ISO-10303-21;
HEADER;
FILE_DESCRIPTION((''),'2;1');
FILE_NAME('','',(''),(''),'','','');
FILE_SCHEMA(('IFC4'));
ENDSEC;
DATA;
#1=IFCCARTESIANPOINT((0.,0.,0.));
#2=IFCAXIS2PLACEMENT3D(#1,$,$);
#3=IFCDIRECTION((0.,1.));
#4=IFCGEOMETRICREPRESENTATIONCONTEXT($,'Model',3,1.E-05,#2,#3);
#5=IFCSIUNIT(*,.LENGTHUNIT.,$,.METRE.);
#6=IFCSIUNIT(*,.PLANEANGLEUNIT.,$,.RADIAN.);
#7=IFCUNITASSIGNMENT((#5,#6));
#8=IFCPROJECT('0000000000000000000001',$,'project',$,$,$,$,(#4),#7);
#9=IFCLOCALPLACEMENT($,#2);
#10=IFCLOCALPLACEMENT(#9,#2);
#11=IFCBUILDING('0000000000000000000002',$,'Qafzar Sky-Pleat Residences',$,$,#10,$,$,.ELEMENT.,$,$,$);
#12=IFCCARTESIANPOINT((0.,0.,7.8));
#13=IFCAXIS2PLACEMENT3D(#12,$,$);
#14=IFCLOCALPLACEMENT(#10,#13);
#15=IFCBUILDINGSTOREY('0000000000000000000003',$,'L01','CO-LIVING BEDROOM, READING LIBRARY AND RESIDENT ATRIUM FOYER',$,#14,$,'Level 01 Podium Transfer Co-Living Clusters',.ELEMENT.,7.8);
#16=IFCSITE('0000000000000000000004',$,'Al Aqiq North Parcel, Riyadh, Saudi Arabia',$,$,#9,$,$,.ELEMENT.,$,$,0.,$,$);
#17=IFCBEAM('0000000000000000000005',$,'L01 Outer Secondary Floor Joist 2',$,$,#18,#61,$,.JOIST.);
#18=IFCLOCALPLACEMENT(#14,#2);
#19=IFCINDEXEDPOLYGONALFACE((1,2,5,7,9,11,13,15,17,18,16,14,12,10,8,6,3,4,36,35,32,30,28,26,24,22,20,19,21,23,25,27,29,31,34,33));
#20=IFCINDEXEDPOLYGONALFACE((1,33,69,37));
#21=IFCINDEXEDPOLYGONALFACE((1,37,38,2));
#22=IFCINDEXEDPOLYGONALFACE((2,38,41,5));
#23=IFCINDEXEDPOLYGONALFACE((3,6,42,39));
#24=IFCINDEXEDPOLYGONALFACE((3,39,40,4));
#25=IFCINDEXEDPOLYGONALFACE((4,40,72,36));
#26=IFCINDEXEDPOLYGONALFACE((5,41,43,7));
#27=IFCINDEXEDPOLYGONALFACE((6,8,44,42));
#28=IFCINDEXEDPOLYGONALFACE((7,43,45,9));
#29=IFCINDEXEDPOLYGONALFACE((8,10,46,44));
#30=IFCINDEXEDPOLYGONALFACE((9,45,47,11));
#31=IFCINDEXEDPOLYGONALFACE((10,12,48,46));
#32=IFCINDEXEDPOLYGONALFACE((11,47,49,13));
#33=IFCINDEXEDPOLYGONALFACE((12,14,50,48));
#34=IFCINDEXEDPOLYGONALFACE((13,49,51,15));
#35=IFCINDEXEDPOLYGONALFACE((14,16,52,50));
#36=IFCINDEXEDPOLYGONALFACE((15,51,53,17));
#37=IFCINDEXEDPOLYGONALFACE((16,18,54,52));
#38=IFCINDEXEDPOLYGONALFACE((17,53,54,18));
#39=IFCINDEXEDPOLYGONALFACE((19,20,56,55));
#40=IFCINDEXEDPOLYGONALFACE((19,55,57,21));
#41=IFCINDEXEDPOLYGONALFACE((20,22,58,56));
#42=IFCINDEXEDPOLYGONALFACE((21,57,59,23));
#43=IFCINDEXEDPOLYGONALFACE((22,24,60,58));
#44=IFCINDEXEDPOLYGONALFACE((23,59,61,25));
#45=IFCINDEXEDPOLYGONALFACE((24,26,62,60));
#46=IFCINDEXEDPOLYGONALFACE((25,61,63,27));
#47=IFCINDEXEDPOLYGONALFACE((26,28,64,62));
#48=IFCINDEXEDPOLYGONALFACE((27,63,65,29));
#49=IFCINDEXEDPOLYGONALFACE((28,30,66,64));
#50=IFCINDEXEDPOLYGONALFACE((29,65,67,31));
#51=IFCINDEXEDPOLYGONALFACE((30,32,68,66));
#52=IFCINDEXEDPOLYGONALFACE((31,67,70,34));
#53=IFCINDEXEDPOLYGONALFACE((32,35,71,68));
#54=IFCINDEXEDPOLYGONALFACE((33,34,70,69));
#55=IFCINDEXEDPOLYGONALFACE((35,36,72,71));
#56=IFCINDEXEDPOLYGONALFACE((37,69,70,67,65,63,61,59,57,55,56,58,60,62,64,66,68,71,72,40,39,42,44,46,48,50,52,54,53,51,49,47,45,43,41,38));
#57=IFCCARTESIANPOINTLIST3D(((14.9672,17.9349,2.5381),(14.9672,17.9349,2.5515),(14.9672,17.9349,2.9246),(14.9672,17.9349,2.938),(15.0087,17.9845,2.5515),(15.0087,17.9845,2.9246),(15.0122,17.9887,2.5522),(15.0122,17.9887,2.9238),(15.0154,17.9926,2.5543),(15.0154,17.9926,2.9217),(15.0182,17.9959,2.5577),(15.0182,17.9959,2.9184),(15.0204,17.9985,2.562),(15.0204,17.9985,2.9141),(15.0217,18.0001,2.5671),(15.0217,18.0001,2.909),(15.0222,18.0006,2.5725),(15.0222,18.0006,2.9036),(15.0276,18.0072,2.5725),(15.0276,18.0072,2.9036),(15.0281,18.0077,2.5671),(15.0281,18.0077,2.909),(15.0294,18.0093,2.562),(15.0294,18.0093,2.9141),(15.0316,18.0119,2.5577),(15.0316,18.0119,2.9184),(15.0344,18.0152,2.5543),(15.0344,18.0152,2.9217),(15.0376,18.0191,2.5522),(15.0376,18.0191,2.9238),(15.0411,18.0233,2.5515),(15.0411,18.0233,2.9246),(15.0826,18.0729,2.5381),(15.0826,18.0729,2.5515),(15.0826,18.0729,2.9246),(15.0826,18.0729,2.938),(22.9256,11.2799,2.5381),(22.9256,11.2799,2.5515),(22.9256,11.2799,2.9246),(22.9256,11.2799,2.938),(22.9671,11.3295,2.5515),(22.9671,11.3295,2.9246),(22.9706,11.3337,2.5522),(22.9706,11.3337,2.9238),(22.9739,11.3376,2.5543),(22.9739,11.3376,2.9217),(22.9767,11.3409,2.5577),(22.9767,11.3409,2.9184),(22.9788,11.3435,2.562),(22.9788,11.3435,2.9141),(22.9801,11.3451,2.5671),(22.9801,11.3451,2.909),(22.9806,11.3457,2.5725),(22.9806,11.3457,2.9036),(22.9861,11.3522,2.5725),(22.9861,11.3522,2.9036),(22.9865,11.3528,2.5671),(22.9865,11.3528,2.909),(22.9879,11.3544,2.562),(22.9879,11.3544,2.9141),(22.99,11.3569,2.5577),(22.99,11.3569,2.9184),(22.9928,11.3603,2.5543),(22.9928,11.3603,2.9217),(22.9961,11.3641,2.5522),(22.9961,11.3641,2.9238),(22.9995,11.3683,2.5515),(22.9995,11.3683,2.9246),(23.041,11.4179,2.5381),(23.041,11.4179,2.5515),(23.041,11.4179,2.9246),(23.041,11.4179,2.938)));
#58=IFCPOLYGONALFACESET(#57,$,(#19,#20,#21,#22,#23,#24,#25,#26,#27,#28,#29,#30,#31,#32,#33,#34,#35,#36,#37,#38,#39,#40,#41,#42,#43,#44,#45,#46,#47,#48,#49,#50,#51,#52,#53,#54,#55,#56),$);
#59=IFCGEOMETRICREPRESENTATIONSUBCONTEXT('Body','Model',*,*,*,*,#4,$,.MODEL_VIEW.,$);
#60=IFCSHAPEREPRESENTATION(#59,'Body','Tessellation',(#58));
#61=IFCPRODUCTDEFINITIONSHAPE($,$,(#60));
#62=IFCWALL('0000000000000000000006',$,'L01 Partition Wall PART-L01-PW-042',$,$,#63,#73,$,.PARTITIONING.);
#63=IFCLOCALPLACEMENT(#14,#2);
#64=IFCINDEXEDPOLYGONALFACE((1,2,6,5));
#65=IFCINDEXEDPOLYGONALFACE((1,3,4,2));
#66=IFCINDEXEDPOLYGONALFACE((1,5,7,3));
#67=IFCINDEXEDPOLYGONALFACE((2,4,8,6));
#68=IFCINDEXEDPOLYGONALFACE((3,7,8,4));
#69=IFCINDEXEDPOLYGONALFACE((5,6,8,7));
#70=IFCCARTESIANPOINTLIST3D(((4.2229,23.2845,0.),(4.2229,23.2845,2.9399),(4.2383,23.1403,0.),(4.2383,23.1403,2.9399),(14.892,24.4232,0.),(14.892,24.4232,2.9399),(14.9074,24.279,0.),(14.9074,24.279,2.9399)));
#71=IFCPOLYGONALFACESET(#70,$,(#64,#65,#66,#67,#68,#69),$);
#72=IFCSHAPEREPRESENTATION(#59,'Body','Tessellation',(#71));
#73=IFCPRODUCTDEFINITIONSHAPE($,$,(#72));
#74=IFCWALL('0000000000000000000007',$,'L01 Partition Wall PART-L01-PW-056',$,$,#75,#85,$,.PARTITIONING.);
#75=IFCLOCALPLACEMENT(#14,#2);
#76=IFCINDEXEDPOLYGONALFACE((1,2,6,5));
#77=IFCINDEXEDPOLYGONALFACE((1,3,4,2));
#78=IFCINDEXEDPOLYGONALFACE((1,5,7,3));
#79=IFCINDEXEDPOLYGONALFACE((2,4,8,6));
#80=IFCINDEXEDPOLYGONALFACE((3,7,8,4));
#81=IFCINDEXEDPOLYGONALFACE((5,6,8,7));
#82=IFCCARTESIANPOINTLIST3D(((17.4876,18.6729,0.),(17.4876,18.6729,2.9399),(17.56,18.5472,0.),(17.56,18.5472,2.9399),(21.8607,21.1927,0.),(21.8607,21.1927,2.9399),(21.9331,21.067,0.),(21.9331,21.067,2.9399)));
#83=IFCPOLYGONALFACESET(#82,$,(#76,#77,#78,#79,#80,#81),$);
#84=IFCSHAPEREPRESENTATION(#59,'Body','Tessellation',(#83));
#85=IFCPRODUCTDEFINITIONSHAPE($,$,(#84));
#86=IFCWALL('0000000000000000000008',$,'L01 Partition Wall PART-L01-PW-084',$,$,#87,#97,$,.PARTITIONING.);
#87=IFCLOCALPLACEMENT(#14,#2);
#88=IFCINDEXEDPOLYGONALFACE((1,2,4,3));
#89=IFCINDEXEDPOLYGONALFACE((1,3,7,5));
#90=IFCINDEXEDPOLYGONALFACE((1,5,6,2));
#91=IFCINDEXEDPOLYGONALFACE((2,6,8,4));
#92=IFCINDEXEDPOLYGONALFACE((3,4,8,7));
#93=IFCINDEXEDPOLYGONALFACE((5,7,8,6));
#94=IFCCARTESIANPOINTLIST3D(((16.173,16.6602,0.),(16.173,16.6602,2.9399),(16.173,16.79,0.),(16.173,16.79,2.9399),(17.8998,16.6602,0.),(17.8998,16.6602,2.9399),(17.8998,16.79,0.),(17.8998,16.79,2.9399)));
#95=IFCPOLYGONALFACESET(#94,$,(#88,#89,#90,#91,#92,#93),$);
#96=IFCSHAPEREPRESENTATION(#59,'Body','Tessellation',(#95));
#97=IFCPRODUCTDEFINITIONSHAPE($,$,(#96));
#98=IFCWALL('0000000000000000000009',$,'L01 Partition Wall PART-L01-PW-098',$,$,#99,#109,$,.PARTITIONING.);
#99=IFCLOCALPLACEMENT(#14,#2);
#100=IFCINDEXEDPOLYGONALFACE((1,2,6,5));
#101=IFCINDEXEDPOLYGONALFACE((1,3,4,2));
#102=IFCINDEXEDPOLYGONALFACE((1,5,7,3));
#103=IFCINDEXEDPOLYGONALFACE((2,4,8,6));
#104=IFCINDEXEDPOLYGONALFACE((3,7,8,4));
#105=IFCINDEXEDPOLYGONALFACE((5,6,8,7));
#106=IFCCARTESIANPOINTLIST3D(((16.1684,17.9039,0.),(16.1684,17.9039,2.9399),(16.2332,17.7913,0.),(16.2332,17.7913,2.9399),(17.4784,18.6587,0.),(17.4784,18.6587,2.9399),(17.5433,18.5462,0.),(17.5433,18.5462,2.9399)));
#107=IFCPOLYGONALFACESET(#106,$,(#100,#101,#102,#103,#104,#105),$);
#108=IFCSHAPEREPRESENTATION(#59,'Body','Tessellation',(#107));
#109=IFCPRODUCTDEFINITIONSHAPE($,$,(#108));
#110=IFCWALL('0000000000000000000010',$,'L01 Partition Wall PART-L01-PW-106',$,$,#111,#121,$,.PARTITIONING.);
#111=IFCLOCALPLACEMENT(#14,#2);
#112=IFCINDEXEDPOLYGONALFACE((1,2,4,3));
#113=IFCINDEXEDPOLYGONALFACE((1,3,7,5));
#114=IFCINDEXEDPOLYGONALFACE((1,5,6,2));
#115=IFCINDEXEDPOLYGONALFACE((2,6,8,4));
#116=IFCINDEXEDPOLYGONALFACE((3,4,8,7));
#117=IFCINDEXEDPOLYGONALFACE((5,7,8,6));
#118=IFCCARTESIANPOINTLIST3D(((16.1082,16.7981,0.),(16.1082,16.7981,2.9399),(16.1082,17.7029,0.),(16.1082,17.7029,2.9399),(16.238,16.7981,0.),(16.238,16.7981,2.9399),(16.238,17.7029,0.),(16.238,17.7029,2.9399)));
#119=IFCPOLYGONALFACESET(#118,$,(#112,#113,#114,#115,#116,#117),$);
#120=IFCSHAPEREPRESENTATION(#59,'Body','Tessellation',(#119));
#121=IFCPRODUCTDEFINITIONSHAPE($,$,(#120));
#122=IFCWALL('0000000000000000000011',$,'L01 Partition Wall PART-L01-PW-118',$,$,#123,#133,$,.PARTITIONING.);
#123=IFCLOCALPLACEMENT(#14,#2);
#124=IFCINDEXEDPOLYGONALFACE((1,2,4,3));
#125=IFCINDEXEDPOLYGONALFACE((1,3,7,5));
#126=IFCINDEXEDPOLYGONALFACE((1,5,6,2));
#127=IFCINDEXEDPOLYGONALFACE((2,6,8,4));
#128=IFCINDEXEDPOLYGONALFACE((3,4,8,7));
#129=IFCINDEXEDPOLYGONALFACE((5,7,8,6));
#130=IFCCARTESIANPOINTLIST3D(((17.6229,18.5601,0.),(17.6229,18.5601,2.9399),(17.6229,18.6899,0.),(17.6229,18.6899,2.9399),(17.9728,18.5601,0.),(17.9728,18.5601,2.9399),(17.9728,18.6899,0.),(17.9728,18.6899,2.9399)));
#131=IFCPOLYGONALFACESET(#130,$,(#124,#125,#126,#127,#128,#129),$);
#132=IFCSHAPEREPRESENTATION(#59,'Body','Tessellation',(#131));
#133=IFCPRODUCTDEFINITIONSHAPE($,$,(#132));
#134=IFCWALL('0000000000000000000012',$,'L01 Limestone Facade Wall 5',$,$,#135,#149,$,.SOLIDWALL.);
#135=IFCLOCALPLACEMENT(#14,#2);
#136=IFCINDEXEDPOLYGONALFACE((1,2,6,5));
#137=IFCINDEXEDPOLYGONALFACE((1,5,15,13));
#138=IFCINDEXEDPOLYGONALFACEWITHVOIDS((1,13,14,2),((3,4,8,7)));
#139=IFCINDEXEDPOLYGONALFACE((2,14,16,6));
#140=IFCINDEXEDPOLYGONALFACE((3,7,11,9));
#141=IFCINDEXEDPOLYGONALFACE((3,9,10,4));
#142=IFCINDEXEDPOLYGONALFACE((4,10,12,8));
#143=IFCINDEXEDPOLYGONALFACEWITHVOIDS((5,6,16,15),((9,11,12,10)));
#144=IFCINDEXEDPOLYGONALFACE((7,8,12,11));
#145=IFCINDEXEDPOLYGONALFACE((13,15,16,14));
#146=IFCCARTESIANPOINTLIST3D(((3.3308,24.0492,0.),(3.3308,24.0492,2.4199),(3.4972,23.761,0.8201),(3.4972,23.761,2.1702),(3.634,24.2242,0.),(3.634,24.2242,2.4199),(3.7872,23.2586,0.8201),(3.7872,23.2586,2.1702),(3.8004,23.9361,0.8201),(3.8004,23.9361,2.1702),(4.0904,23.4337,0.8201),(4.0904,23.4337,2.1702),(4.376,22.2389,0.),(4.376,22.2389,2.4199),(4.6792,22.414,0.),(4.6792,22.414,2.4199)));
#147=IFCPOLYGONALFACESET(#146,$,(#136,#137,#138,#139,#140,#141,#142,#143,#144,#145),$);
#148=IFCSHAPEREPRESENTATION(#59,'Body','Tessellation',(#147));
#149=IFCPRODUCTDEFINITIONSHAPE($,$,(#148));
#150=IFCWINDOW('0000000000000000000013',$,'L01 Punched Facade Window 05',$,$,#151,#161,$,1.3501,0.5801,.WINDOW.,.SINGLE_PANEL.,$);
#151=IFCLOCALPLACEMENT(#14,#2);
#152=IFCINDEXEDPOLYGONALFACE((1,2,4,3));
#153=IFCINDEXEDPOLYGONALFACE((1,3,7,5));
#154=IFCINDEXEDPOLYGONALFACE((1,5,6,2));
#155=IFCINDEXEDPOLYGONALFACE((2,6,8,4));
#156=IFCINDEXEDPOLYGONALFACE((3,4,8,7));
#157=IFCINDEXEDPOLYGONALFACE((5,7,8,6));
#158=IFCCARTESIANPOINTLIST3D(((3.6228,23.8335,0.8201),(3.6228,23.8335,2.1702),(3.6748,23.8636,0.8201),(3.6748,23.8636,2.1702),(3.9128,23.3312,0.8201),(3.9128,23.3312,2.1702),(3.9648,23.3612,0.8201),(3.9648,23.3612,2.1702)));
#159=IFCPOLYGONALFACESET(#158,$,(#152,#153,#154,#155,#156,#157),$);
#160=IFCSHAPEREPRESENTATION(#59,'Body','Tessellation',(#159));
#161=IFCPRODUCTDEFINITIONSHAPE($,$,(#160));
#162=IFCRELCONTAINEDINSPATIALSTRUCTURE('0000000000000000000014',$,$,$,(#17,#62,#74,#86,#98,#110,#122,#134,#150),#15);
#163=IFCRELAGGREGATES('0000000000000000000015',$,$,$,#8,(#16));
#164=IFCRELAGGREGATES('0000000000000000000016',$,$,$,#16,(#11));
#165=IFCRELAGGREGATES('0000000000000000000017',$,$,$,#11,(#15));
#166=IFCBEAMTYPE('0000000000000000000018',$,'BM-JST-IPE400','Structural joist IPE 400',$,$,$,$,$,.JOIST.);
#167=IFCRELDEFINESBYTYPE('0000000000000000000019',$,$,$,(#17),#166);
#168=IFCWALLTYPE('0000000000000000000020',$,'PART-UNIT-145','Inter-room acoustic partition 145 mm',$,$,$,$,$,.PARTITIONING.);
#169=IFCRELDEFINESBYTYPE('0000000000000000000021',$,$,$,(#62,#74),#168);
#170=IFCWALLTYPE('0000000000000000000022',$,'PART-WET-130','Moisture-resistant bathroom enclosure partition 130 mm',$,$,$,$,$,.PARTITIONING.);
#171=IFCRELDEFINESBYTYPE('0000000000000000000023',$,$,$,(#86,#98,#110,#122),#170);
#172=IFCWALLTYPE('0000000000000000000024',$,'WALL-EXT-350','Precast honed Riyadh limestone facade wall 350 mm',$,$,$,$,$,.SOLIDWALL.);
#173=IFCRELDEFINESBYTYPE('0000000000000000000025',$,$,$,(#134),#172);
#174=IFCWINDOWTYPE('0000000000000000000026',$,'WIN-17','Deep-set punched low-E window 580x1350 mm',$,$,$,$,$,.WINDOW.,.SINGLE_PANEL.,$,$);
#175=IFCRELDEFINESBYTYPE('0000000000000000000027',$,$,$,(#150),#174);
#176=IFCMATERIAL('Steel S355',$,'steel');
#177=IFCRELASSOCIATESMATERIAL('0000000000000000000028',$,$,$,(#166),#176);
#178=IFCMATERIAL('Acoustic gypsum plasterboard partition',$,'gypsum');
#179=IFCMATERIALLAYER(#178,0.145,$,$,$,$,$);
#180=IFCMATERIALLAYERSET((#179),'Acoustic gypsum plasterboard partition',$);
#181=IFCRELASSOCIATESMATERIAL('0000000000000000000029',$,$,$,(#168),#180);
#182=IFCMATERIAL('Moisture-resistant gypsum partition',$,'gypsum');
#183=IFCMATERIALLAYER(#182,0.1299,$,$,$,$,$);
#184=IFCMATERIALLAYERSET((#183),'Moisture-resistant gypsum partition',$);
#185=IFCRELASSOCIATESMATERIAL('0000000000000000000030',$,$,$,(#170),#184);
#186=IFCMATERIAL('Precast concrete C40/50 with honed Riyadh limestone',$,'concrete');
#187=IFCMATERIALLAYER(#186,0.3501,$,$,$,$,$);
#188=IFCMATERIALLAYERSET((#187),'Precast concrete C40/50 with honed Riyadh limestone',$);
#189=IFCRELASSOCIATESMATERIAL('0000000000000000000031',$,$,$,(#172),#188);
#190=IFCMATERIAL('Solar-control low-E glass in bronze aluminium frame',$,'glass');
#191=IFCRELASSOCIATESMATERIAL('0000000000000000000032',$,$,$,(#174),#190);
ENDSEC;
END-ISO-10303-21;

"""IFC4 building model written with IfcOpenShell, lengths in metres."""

from ifc_helpers import new_model, si_unit, direction, frame, frame_2d, origin, origin_2d, place, context, subcontext, project, spatial, rectangle, i_section, extrude, source, transform, mapped, material, layer, layer_set, material_profile, profile_set, type_object, element, fill, save


model = new_model("IFC4")

# Units and contexts
model_context = context("Model", 3, precision=1e-05, world=origin(), true_north=direction((0.0, 1.0)))
body_context = subcontext(model_context, "Body", "Model", "MODEL_VIEW")
ifc_project = project(units=[si_unit("LENGTHUNIT", "METRE"), si_unit("PLANEANGLEUNIT", "RADIAN")], contexts=[model_context])

# Site, building, storey
site_placement = place(None, origin())
site = spatial("IfcSite", under=ifc_project, at=site_placement, Name="Al Aqiq North Parcel, Riyadh, Saudi Arabia", CompositionType="ELEMENT", RefElevation=0.0)
building_placement = place(site_placement, origin())
building = spatial("IfcBuilding", under=site, at=building_placement, Name="Qafzar Sky-Pleat Residences", CompositionType="ELEMENT")
storey_placement = place(building_placement, frame((0.0, 0.0, 7.8)))
storey = spatial("IfcBuildingStorey", under=building, at=storey_placement, Name="L01", Description="CO-LIVING BEDROOM, READING LIBRARY AND RESIDENT ATRIUM FOYER", LongName="Level 01 Podium Transfer Co-Living Clusters", CompositionType="ELEMENT", Elevation=7.8)

# Beam
ifc_material_1 = material(Name="Steel S355", Category="steel")
ifc_material_profile_1 = material_profile(ifc_material_1, i_section(OverallWidth=0.1799, OverallDepth=0.3999, WebThickness=0.0085, FlangeThickness=0.0134, FilletRadius=0.021, at=origin_2d()), Name="IPE 400")
ifc_profile_set_1 = profile_set([ifc_material_profile_1], Name="Steel S355")
beam_type_1 = type_object("IfcBeamType", Name="BM-JST-IPE400", Description="Structural joist IPE 400", PredefinedType="JOIST", material=ifc_profile_set_1)
shared_shape_1 = source(origin(), body_context, "Body", "SweptSolid", [
    extrude(i_section(OverallWidth=0.1799, OverallDepth=0.3999, WebThickness=0.0085, FlangeThickness=0.0134, FilletRadius=0.021, at=origin_2d()), origin(), (0.0, 0.0, 1.0), 10.3743),
])
beam_1_placement = place(storey_placement, frame((15.0249, 18.0039, 2.738), z_axis=(0.767132, -0.641489, 0.0), x_axis=(0.641489, 0.767132, 0.0)))
element("IfcBeam", 1, at=beam_1_placement, inside=storey, type_object=beam_type_1, Name="L01 Outer Secondary Floor Joist 2", PredefinedType="JOIST", context=body_context, shape_type="MappedRepresentation", body=[
    mapped(shared_shape_1, transform((0.0, 0.0, 0.0), x_axis=(1.0, 0.0, 0.0), y_axis=(0.0, 1.0, 0.0), z_axis=(0.0, 0.0, 1.0), scale=1.0)),
])

# Walls
ifc_material_2 = material(Name="Acoustic gypsum plasterboard partition", Category="gypsum")
ifc_layer_1 = layer(ifc_material_2, 0.145)
ifc_layer_set_1 = layer_set([ifc_layer_1], Name="Acoustic gypsum plasterboard partition")
wall_type_1 = type_object("IfcWallType", Name="PART-UNIT-145", Description="Inter-room acoustic partition 145 mm", PredefinedType="PARTITIONING", material=ifc_layer_set_1)
wall_1_placement = place(storey_placement, frame((4.2307, 23.2124, 0.0), z_axis=(0.0, 0.0, 1.0), x_axis=(0.994353, 0.106123, 0.0)))
element("IfcWall", 2, at=wall_1_placement, inside=storey, type_object=wall_type_1, Name="L01 Partition Wall PART-L01-PW-042", PredefinedType="PARTITIONING", context=body_context, shape_type="SweptSolid", body=[
    extrude(rectangle(XDim=10.7297, YDim=0.145, at=frame_2d((5.3647, 0.0))), origin(), (0.0, 0.0, 1.0), 2.9399),
])
wall_2_placement = place(storey_placement, frame((17.5239, 18.6101, 0.0), z_axis=(0.0, 0.0, 1.0), x_axis=(0.866454, 0.499256, 0.0)))
element("IfcWall", 3, at=wall_2_placement, inside=storey, type_object=wall_type_1, Name="L01 Partition Wall PART-L01-PW-056", PredefinedType="PARTITIONING", context=body_context, shape_type="SweptSolid", body=[
    extrude(rectangle(XDim=5.0471, YDim=0.145, at=frame_2d((2.5234, 0.0))), origin(), (0.0, 0.0, 1.0), 2.9399),
])
ifc_material_3 = material(Name="Moisture-resistant gypsum partition", Category="gypsum")
ifc_layer_2 = layer(ifc_material_3, 0.1299)
ifc_layer_set_2 = layer_set([ifc_layer_2], Name="Moisture-resistant gypsum partition")
wall_type_2 = type_object("IfcWallType", Name="PART-WET-130", Description="Moisture-resistant bathroom enclosure partition 130 mm", PredefinedType="PARTITIONING", material=ifc_layer_set_2)
wall_3_placement = place(storey_placement, frame((16.1731, 16.7251, 0.0), z_axis=(0.0, 0.0, 1.0), x_axis=(1.0, 0.0, 0.0)))
element("IfcWall", 4, at=wall_3_placement, inside=storey, type_object=wall_type_2, Name="L01 Partition Wall PART-L01-PW-084", PredefinedType="PARTITIONING", context=body_context, shape_type="SweptSolid", body=[
    extrude(rectangle(XDim=1.7268, YDim=0.1299, at=frame_2d((0.8633, 0.0))), origin(), (0.0, 0.0, 1.0), 2.9399),
])
wall_4_placement = place(storey_placement, frame((16.2009, 17.8477, 0.0), z_axis=(0.0, 0.0, 1.0), x_axis=(0.866449, 0.499266, 0.0)))
element("IfcWall", 5, at=wall_4_placement, inside=storey, type_object=wall_type_2, Name="L01 Partition Wall PART-L01-PW-098", PredefinedType="PARTITIONING", context=body_context, shape_type="SweptSolid", body=[
    extrude(rectangle(XDim=1.512, YDim=0.1299, at=frame_2d((0.7559, 0.0))), origin(), (0.0, 0.0, 1.0), 2.9399),
])
wall_5_placement = place(storey_placement, frame((16.1731, 16.7981, 0.0), z_axis=(0.0, 0.0, 1.0), x_axis=(0.0, 1.0, 0.0)))
element("IfcWall", 6, at=wall_5_placement, inside=storey, type_object=wall_type_2, Name="L01 Partition Wall PART-L01-PW-106", PredefinedType="PARTITIONING", context=body_context, shape_type="SweptSolid", body=[
    extrude(rectangle(XDim=0.9048, YDim=0.1299, at=frame_2d((0.4524, 0.0))), origin(), (0.0, 0.0, 1.0), 2.9399),
])
wall_6_placement = place(storey_placement, frame((17.623, 18.625, 0.0), z_axis=(0.0, 0.0, 1.0), x_axis=(1.0, 0.0, 0.0)))
element("IfcWall", 7, at=wall_6_placement, inside=storey, type_object=wall_type_2, Name="L01 Partition Wall PART-L01-PW-118", PredefinedType="PARTITIONING", context=body_context, shape_type="SweptSolid", body=[
    extrude(rectangle(XDim=0.3499, YDim=0.1299, at=frame_2d((0.1748, 0.0))), origin(), (0.0, 0.0, 1.0), 2.9399),
])

# Wall, opening, window
ifc_material_4 = material(Name="Precast concrete C40/50 with honed Riyadh limestone", Category="concrete")
ifc_layer_3 = layer(ifc_material_4, 0.3501)
ifc_layer_set_3 = layer_set([ifc_layer_3], Name="Precast concrete C40/50 with honed Riyadh limestone")
wall_type_3 = type_object("IfcWallType", Name="WALL-EXT-350", Description="Precast honed Riyadh limestone facade wall 350 mm", PredefinedType="SOLIDWALL", material=ifc_layer_set_3)
wall_7_placement = place(storey_placement, frame((3.4824, 24.1367, 0.0), z_axis=(0.0, 0.0, 1.0), x_axis=(0.499995, -0.866028, 0.0)))
wall_7 = element("IfcWall", 8, at=wall_7_placement, inside=storey, type_object=wall_type_3, Name="L01 Limestone Facade Wall 5", PredefinedType="SOLIDWALL", context=body_context, shape_type="SweptSolid", body=[
    extrude(rectangle(XDim=2.0903, YDim=0.3501, at=frame_2d((1.0452, 0.0))), origin(), (0.0, 0.0, 1.0), 2.4199),
])
opening_1_placement = place(wall_7_placement, frame((0.3328, 0.0, 0.8201)))
opening_1 = element("IfcOpeningElement", 9, at=opening_1_placement, cuts=wall_7, PredefinedType="OPENING", context=body_context, shape_type="SweptSolid", body=[
    extrude(rectangle(XDim=0.5801, YDim=1.3501, at=frame_2d((0.29, 0.675))), frame((0.0, 0.1851, 0.0), z_axis=(0.0, -1.0, 0.0), x_axis=(1.0, 0.0, 0.0)), (0.0, 0.0, 1.0), 0.3701),
])
ifc_material_5 = material(Name="Solar-control low-E glass in bronze aluminium frame", Category="glass")
window_type_1 = type_object("IfcWindowType", Name="WIN-17", Description="Deep-set punched low-E window 580x1350 mm", PartitioningType="SINGLE_PANEL", PredefinedType="WINDOW", material=ifc_material_5)
shared_shape_2 = source(origin(), body_context, "Body", "SweptSolid", [
    extrude(rectangle(XDim=0.5801, YDim=1.3501, at=frame_2d((0.29, 0.675))), frame((0.0, 0.03, 0.0), z_axis=(0.0, -1.0, 0.0), x_axis=(1.0, 0.0, 0.0)), (0.0, 0.0, 1.0), 0.0601),
])
window_1_placement = place(opening_1_placement, origin())
window_1 = element("IfcWindow", 10, at=window_1_placement, inside=storey, type_object=window_type_1, Name="L01 Punched Facade Window 05", OverallHeight=1.3501, OverallWidth=0.5801, PartitioningType="SINGLE_PANEL", PredefinedType="WINDOW", context=body_context, shape_type="MappedRepresentation", body=[
    mapped(shared_shape_2, transform((0.0, 0.0, 0.0), x_axis=(1.0, 0.0, 0.0), y_axis=(0.0, 1.0, 0.0), z_axis=(0.0, 0.0, 1.0), scale=1.0)),
])
fill(opening_1, window_1)

save(model, "model.ifc")
